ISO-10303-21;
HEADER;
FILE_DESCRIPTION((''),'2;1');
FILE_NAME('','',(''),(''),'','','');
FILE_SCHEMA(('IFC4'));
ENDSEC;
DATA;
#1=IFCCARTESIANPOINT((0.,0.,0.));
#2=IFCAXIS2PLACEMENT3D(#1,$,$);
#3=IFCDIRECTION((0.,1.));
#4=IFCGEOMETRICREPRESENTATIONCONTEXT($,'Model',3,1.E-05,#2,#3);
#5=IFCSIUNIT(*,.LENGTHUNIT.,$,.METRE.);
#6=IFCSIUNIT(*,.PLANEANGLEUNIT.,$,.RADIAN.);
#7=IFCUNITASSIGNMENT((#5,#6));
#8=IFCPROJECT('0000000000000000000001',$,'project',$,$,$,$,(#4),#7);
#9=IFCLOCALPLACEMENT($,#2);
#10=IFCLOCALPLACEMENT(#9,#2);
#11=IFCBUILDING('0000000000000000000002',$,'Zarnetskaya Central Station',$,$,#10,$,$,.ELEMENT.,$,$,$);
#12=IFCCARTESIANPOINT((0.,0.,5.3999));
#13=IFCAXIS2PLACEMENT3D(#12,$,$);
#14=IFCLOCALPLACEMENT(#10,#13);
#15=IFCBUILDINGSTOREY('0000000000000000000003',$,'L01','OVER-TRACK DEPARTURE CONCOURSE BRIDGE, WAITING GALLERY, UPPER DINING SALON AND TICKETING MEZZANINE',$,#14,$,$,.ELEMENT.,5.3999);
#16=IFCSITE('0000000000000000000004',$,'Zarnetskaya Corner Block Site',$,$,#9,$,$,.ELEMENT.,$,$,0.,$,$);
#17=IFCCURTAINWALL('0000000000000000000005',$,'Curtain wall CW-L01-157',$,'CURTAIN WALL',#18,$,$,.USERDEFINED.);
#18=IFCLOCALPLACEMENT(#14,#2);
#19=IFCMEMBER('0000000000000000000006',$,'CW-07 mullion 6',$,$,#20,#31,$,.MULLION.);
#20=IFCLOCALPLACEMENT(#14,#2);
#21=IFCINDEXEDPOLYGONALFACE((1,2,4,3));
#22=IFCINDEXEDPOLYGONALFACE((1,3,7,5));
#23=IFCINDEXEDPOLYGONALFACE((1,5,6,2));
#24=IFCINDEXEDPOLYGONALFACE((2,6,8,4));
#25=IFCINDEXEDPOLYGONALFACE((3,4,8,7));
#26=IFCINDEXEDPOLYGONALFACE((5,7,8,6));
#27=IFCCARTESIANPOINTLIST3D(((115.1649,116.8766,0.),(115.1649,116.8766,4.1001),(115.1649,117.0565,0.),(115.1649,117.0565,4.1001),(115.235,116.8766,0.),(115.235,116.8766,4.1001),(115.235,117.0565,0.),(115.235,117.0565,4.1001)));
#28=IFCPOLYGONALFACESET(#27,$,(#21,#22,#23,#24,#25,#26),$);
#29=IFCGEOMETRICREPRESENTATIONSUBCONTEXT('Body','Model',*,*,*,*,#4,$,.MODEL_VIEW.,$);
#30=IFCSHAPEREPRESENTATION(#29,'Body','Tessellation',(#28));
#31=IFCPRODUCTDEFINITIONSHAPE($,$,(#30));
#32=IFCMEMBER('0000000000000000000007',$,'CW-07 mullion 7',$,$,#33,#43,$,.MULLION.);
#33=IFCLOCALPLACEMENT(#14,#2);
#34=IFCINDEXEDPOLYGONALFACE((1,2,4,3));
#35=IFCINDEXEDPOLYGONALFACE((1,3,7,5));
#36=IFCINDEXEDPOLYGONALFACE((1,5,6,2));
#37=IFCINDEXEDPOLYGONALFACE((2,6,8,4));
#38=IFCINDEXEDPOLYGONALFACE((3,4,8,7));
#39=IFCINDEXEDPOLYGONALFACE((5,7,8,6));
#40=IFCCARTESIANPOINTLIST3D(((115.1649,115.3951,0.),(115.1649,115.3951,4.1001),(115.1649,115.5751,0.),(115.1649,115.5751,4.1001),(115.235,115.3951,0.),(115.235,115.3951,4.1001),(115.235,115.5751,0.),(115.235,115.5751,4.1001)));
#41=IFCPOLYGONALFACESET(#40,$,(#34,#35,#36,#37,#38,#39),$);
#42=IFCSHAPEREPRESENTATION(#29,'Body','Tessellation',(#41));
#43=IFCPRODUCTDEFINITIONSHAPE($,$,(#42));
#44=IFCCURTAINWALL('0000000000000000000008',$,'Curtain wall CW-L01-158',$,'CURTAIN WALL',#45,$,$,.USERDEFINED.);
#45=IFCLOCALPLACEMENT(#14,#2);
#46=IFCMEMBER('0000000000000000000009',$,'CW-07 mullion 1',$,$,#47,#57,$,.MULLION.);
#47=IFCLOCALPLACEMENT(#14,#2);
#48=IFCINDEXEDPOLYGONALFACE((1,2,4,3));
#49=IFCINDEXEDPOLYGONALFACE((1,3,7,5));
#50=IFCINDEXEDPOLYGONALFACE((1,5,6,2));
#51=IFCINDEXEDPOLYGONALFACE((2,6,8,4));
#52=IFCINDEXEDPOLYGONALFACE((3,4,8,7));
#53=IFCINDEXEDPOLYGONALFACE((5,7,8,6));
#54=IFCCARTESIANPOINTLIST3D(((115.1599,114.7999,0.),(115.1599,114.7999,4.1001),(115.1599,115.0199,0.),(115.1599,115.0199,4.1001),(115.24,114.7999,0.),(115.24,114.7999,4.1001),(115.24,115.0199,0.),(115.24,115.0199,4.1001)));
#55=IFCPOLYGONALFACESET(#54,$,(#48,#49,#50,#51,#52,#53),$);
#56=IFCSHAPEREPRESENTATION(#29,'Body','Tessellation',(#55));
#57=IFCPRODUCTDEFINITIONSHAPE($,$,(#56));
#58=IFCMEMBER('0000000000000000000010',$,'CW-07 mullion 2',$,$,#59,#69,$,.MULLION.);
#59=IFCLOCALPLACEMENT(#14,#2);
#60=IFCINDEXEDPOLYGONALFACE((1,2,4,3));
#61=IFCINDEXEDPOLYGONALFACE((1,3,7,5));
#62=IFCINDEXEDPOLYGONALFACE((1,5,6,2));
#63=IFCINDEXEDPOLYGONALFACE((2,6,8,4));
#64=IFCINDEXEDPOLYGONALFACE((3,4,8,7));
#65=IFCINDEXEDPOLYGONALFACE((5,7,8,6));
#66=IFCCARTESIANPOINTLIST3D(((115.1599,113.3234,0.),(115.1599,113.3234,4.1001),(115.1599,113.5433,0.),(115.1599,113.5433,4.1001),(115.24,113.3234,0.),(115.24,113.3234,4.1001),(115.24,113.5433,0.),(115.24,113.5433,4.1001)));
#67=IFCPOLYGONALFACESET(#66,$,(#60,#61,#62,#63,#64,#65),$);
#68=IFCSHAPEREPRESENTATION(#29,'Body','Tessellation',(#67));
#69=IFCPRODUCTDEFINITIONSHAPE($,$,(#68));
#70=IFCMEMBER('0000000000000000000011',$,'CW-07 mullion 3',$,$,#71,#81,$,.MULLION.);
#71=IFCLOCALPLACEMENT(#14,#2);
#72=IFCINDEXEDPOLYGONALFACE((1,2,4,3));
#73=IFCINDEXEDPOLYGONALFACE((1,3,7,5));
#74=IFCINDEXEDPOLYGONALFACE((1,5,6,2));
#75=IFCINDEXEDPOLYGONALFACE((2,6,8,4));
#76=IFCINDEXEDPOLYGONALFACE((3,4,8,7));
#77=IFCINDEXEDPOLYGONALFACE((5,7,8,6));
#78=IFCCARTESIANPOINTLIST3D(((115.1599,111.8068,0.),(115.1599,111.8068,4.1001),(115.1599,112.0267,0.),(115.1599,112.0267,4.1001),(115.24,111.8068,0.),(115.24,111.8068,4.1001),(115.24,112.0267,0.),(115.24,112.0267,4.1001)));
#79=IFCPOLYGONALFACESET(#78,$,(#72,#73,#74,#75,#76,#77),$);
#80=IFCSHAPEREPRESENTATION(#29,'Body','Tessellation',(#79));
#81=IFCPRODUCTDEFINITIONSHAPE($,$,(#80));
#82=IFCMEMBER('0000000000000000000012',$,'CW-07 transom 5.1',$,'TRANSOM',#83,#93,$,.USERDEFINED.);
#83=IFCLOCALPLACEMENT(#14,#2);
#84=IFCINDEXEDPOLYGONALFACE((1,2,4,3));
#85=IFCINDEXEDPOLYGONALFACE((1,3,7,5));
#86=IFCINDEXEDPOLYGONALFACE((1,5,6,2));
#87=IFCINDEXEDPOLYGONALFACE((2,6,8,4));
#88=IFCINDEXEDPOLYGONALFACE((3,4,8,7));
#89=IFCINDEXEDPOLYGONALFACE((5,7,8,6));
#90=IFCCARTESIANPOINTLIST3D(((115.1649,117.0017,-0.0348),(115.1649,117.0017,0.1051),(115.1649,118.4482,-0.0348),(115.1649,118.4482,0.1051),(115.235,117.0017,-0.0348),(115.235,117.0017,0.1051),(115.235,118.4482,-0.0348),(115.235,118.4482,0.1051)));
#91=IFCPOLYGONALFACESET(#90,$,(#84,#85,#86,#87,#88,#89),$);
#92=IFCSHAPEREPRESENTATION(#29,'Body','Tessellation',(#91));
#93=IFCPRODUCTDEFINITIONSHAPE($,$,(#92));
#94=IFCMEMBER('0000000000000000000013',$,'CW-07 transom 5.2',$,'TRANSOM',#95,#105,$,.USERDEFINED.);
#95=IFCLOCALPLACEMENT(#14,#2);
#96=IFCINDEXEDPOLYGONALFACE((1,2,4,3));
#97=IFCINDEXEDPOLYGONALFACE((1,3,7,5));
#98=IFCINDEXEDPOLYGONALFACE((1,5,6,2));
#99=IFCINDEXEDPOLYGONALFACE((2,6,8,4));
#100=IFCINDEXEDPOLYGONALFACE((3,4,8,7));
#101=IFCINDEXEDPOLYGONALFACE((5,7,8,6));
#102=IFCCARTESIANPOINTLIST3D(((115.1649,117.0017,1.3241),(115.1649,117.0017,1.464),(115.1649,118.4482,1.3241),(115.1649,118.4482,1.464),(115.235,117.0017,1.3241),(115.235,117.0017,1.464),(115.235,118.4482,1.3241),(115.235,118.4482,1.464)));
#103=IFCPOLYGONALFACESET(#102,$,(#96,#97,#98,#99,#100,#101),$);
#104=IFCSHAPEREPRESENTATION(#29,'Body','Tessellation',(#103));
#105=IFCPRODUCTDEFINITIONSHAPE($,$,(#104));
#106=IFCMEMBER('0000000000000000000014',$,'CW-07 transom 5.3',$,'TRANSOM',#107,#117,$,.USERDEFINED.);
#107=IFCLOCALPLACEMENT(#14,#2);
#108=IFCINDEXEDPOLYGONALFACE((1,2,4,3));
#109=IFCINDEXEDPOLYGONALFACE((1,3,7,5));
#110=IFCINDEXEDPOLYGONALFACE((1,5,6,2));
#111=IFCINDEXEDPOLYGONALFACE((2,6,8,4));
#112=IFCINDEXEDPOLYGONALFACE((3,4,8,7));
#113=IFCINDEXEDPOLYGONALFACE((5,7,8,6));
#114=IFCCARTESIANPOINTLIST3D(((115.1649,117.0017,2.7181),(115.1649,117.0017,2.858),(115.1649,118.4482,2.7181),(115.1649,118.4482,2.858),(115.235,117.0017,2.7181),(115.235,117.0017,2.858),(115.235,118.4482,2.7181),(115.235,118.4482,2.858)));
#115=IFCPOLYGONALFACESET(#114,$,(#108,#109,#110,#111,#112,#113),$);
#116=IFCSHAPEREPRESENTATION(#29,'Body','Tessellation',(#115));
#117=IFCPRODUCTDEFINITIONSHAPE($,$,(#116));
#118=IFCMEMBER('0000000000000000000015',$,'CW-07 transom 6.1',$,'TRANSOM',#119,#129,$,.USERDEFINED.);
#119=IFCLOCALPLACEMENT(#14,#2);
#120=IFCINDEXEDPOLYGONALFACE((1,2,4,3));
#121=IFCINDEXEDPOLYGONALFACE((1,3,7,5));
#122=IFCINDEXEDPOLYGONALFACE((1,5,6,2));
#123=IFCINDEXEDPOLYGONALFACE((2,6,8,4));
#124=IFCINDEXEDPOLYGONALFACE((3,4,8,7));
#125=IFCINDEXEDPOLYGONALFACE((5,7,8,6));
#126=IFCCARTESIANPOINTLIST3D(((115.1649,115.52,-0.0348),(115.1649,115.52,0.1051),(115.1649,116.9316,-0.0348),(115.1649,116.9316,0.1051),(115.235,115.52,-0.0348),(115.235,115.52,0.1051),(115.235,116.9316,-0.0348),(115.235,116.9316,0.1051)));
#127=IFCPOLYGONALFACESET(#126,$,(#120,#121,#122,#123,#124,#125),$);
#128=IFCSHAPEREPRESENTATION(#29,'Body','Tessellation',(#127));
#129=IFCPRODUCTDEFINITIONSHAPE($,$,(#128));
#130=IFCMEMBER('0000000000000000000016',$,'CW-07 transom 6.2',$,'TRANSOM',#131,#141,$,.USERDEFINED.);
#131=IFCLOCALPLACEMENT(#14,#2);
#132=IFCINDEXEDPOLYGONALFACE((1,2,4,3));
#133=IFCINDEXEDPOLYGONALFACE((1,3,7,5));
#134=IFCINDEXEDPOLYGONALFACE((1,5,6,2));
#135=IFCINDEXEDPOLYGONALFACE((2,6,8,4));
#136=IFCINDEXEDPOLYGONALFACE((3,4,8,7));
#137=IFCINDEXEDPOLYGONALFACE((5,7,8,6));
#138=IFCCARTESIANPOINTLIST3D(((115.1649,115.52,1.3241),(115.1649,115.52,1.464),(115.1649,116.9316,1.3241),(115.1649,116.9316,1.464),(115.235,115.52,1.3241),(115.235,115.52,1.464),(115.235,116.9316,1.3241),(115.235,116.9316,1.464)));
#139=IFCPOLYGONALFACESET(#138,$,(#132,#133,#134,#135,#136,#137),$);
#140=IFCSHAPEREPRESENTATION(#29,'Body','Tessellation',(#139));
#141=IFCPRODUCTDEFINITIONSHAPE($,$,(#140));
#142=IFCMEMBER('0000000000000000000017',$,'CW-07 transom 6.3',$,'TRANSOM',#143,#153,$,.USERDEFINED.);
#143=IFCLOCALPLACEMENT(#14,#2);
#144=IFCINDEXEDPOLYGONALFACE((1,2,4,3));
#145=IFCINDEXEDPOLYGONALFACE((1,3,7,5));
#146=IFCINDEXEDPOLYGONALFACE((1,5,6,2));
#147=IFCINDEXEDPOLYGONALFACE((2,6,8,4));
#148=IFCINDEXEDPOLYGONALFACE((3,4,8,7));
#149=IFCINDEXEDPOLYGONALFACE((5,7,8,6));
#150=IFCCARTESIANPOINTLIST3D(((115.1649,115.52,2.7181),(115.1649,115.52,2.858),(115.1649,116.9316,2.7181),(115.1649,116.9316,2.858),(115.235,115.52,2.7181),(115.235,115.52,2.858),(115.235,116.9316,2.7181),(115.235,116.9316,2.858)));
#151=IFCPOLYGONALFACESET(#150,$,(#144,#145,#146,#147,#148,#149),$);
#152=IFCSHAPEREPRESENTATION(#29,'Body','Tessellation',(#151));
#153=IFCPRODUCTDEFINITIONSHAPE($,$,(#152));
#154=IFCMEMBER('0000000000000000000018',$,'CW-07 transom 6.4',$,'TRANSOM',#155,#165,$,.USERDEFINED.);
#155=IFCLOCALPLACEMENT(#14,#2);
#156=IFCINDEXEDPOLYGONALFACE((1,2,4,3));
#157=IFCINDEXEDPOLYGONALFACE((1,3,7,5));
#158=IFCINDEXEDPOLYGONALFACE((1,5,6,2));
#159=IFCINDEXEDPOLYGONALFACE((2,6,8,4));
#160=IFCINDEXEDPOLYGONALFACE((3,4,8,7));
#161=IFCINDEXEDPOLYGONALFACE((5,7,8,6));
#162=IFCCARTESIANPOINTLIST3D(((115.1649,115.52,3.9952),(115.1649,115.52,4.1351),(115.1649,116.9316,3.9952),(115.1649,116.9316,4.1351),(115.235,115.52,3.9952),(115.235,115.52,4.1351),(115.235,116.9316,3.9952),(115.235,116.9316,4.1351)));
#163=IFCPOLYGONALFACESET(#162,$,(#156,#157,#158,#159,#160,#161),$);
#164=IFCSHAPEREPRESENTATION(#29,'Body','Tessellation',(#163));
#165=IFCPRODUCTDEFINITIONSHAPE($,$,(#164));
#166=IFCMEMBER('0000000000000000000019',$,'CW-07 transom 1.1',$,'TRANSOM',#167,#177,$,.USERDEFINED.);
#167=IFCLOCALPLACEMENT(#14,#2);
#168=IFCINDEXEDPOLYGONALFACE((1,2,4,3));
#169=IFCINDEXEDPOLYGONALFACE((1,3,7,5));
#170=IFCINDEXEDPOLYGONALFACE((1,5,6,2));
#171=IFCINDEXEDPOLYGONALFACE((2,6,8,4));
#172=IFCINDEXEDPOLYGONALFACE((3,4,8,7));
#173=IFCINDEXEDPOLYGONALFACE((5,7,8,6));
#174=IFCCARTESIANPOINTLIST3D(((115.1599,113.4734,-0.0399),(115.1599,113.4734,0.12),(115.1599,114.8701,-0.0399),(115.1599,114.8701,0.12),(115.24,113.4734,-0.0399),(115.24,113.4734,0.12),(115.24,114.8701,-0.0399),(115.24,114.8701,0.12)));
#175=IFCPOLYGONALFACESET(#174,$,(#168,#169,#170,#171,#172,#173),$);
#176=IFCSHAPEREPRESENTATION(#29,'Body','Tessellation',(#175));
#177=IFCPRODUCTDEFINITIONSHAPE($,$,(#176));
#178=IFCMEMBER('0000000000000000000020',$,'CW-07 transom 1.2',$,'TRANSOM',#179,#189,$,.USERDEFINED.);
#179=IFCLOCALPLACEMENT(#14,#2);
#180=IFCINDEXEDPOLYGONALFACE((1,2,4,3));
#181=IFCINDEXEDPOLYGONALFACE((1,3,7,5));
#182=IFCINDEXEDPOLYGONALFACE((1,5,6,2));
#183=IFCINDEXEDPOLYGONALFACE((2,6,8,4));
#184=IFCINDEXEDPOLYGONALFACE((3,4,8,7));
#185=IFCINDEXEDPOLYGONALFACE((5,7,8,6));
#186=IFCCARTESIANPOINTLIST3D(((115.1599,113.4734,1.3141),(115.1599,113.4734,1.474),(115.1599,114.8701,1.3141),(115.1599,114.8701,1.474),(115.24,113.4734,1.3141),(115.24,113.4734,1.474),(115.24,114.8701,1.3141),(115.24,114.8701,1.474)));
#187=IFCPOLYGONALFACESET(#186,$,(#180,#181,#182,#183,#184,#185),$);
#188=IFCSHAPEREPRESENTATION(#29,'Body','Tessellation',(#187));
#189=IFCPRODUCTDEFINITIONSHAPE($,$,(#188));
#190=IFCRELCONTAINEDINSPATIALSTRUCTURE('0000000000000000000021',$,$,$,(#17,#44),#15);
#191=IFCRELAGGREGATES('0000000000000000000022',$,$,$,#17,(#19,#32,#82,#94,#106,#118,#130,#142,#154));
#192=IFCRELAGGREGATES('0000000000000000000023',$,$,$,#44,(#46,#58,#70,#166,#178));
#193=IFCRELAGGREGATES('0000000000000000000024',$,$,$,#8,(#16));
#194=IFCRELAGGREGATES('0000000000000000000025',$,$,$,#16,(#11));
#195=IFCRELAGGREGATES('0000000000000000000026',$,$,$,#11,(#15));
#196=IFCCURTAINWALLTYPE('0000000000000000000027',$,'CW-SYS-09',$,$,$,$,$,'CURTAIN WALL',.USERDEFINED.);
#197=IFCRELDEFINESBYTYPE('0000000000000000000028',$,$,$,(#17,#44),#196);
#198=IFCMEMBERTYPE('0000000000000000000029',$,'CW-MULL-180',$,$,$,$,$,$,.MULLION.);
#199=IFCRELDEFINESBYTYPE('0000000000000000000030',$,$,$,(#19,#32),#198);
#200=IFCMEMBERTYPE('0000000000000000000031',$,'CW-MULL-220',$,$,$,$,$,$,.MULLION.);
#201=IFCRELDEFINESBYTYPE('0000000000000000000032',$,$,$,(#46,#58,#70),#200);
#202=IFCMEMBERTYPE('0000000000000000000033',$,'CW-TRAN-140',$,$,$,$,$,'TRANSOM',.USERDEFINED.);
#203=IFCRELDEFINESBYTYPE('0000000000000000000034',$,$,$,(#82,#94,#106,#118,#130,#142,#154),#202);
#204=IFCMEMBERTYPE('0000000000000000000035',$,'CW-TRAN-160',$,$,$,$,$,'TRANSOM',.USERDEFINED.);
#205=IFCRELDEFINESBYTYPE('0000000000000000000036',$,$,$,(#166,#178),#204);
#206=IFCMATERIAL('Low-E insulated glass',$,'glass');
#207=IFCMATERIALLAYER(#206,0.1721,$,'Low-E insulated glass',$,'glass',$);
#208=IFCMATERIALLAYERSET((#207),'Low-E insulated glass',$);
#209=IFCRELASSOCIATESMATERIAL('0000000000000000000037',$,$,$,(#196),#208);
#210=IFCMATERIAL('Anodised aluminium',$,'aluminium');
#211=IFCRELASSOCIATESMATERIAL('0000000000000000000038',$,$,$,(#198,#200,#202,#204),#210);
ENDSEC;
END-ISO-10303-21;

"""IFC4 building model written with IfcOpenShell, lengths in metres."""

from ifc_helpers import new_model, si_unit, direction, frame, origin, origin_2d, place, context, subcontext, project, spatial, rectangle, extrude, material, layer, layer_set, material_profile, profile_set, type_object, element, aggregate, save


model = new_model("IFC4")

# Units and contexts
model_context = context("Model", 3, precision=1e-05, world=origin(), true_north=direction((0.0, 1.0)))
body_context = subcontext(model_context, "Body", "Model", "MODEL_VIEW")
ifc_project = project(units=[si_unit("LENGTHUNIT", "METRE"), si_unit("PLANEANGLEUNIT", "RADIAN")], contexts=[model_context])

# Site, building, storey
site_placement = place(None, origin())
site = spatial("IfcSite", under=ifc_project, at=site_placement, Name="Zarnetskaya Corner Block Site", CompositionType="ELEMENT", RefElevation=0.0)
building_placement = place(site_placement, origin())
building = spatial("IfcBuilding", under=site, at=building_placement, Name="Zarnetskaya Central Station", CompositionType="ELEMENT")
storey_placement = place(building_placement, frame((0.0, 0.0, 5.3999)))
storey = spatial("IfcBuildingStorey", under=building, at=storey_placement, Name="L01", Description="OVER-TRACK DEPARTURE CONCOURSE BRIDGE, WAITING GALLERY, UPPER DINING SALON AND TICKETING MEZZANINE", CompositionType="ELEMENT", Elevation=5.3999)

# Curtain walls, members
ifc_material_1 = material(Name="Low-E insulated glass", Category="glass")
ifc_layer_1 = layer(ifc_material_1, 0.1721, Name="Low-E insulated glass", Category="glass")
ifc_layer_set_1 = layer_set([ifc_layer_1], Name="Low-E insulated glass")
curtain_wall_type = type_object("IfcCurtainWallType", Name="CW-SYS-09", ElementType="CURTAIN WALL", PredefinedType="USERDEFINED", material=ifc_layer_set_1)
curtain_wall_1_placement = place(storey_placement, origin())
curtain_wall_1 = element("IfcCurtainWall", 1, at=curtain_wall_1_placement, inside=storey, type_object=curtain_wall_type, Name="Curtain wall CW-L01-157", ObjectType="CURTAIN WALL", PredefinedType="USERDEFINED")
ifc_material_2 = material(Name="Anodised aluminium", Category="aluminium")
ifc_material_profile_1 = material_profile(ifc_material_2, rectangle(XDim=0.0701, YDim=0.1799, at=origin_2d()), Name="ALU MULL 70x180")
ifc_profile_set_1 = profile_set([ifc_material_profile_1], Name="Anodised aluminium")
member_type_1 = type_object("IfcMemberType", Name="CW-MULL-180", PredefinedType="MULLION", material=ifc_profile_set_1)
member_1_placement = place(storey_placement, frame((115.2, 116.9666, 0.0), z_axis=(0.0, 0.0, 1.0), x_axis=(1.0, 0.0, 0.0)))
member_1 = element("IfcMember", 2, at=member_1_placement, type_object=member_type_1, Name="CW-07 mullion 6", PredefinedType="MULLION", context=body_context, shape_type="SweptSolid", body=[
    extrude(rectangle(XDim=0.0701, YDim=0.1799, at=origin_2d()), origin(), (0.0, 0.0, 1.0), 4.1001),
])
member_2_placement = place(storey_placement, frame((115.2, 115.4851, 0.0), z_axis=(0.0, 0.0, 1.0), x_axis=(1.0, 0.0, 0.0)))
member_2 = element("IfcMember", 3, at=member_2_placement, type_object=member_type_1, Name="CW-07 mullion 7", PredefinedType="MULLION", context=body_context, shape_type="SweptSolid", body=[
    extrude(rectangle(XDim=0.0701, YDim=0.1799, at=origin_2d()), origin(), (0.0, 0.0, 1.0), 4.1001),
])
curtain_wall_2_placement = place(storey_placement, origin())
curtain_wall_2 = element("IfcCurtainWall", 4, at=curtain_wall_2_placement, inside=storey, type_object=curtain_wall_type, Name="Curtain wall CW-L01-158", ObjectType="CURTAIN WALL", PredefinedType="USERDEFINED")
ifc_material_profile_2 = material_profile(ifc_material_2, rectangle(XDim=0.0801, YDim=0.22, at=origin_2d()), Name="ALU MULL 80x220")
ifc_profile_set_2 = profile_set([ifc_material_profile_2], Name="Anodised aluminium")
member_type_2 = type_object("IfcMemberType", Name="CW-MULL-220", PredefinedType="MULLION", material=ifc_profile_set_2)
member_3_placement = place(storey_placement, frame((115.2, 114.9099, 0.0), z_axis=(0.0, 0.0, 1.0), x_axis=(1.0, 0.0, 0.0)))
member_3 = element("IfcMember", 5, at=member_3_placement, type_object=member_type_2, Name="CW-07 mullion 1", PredefinedType="MULLION", context=body_context, shape_type="SweptSolid", body=[
    extrude(rectangle(XDim=0.0801, YDim=0.22, at=origin_2d()), origin(), (0.0, 0.0, 1.0), 4.1001),
])
member_4_placement = place(storey_placement, frame((115.2, 113.4333, 0.0), z_axis=(0.0, 0.0, 1.0), x_axis=(1.0, 0.0, 0.0)))
member_4 = element("IfcMember", 6, at=member_4_placement, type_object=member_type_2, Name="CW-07 mullion 2", PredefinedType="MULLION", context=body_context, shape_type="SweptSolid", body=[
    extrude(rectangle(XDim=0.0801, YDim=0.22, at=origin_2d()), origin(), (0.0, 0.0, 1.0), 4.1001),
])
member_5_placement = place(storey_placement, frame((115.2, 111.9167, 0.0), z_axis=(0.0, 0.0, 1.0), x_axis=(1.0, 0.0, 0.0)))
member_5 = element("IfcMember", 7, at=member_5_placement, type_object=member_type_2, Name="CW-07 mullion 3", PredefinedType="MULLION", context=body_context, shape_type="SweptSolid", body=[
    extrude(rectangle(XDim=0.0801, YDim=0.22, at=origin_2d()), origin(), (0.0, 0.0, 1.0), 4.1001),
])

# Members
ifc_material_profile_3 = material_profile(ifc_material_2, rectangle(XDim=0.0701, YDim=0.1399, at=origin_2d()), Name="ALU TRAN 70x140")
ifc_profile_set_3 = profile_set([ifc_material_profile_3], Name="Anodised aluminium")
member_type_3 = type_object("IfcMemberType", Name="CW-TRAN-140", ElementType="TRANSOM", PredefinedType="USERDEFINED", material=ifc_profile_set_3)
member_6_placement = place(storey_placement, frame((115.2, 118.4482, 0.0352), z_axis=(0.0, -1.0, 0.0), x_axis=(1.0, 0.0, 0.0)))
member_6 = element("IfcMember", 8, at=member_6_placement, type_object=member_type_3, Name="CW-07 transom 5.1", ObjectType="TRANSOM", PredefinedType="USERDEFINED", context=body_context, shape_type="SweptSolid", body=[
    extrude(rectangle(XDim=0.0701, YDim=0.1399, at=origin_2d()), origin(), (0.0, 0.0, 1.0), 1.4465),
])
member_7_placement = place(storey_placement, frame((115.2, 118.4482, 1.394), z_axis=(0.0, -1.0, 0.0), x_axis=(1.0, 0.0, 0.0)))
member_7 = element("IfcMember", 9, at=member_7_placement, type_object=member_type_3, Name="CW-07 transom 5.2", ObjectType="TRANSOM", PredefinedType="USERDEFINED", context=body_context, shape_type="SweptSolid", body=[
    extrude(rectangle(XDim=0.0701, YDim=0.1399, at=origin_2d()), origin(), (0.0, 0.0, 1.0), 1.4465),
])
member_8_placement = place(storey_placement, frame((115.2, 118.4482, 2.7881), z_axis=(0.0, -1.0, 0.0), x_axis=(1.0, 0.0, 0.0)))
member_8 = element("IfcMember", 10, at=member_8_placement, type_object=member_type_3, Name="CW-07 transom 5.3", ObjectType="TRANSOM", PredefinedType="USERDEFINED", context=body_context, shape_type="SweptSolid", body=[
    extrude(rectangle(XDim=0.0701, YDim=0.1399, at=origin_2d()), origin(), (0.0, 0.0, 1.0), 1.4465),
])
member_9_placement = place(storey_placement, frame((115.2, 116.9316, 0.0352), z_axis=(0.0, -1.0, 0.0), x_axis=(1.0, 0.0, 0.0)))
member_9 = element("IfcMember", 11, at=member_9_placement, type_object=member_type_3, Name="CW-07 transom 6.1", ObjectType="TRANSOM", PredefinedType="USERDEFINED", context=body_context, shape_type="SweptSolid", body=[
    extrude(rectangle(XDim=0.0701, YDim=0.1399, at=origin_2d()), origin(), (0.0, 0.0, 1.0), 1.4116),
])
member_10_placement = place(storey_placement, frame((115.2, 116.9316, 1.394), z_axis=(0.0, -1.0, 0.0), x_axis=(1.0, 0.0, 0.0)))
member_10 = element("IfcMember", 12, at=member_10_placement, type_object=member_type_3, Name="CW-07 transom 6.2", ObjectType="TRANSOM", PredefinedType="USERDEFINED", context=body_context, shape_type="SweptSolid", body=[
    extrude(rectangle(XDim=0.0701, YDim=0.1399, at=origin_2d()), origin(), (0.0, 0.0, 1.0), 1.4116),
])
member_11_placement = place(storey_placement, frame((115.2, 116.9316, 2.7881), z_axis=(0.0, -1.0, 0.0), x_axis=(1.0, 0.0, 0.0)))
member_11 = element("IfcMember", 13, at=member_11_placement, type_object=member_type_3, Name="CW-07 transom 6.3", ObjectType="TRANSOM", PredefinedType="USERDEFINED", context=body_context, shape_type="SweptSolid", body=[
    extrude(rectangle(XDim=0.0701, YDim=0.1399, at=origin_2d()), origin(), (0.0, 0.0, 1.0), 1.4116),
])
member_12_placement = place(storey_placement, frame((115.2, 116.9316, 4.0652), z_axis=(0.0, -1.0, 0.0), x_axis=(1.0, 0.0, 0.0)))
member_12 = element("IfcMember", 14, at=member_12_placement, type_object=member_type_3, Name="CW-07 transom 6.4", ObjectType="TRANSOM", PredefinedType="USERDEFINED", context=body_context, shape_type="SweptSolid", body=[
    extrude(rectangle(XDim=0.0701, YDim=0.1399, at=origin_2d()), origin(), (0.0, 0.0, 1.0), 1.4116),
])
ifc_material_profile_4 = material_profile(ifc_material_2, rectangle(XDim=0.0801, YDim=0.1599, at=origin_2d()), Name="ALU TRAN 80x160")
ifc_profile_set_4 = profile_set([ifc_material_profile_4], Name="Anodised aluminium")
member_type_4 = type_object("IfcMemberType", Name="CW-TRAN-160", ElementType="TRANSOM", PredefinedType="USERDEFINED", material=ifc_profile_set_4)
member_13_placement = place(storey_placement, frame((115.2, 114.8701, 0.04), z_axis=(0.0, -1.0, 0.0), x_axis=(1.0, 0.0, 0.0)))
member_13 = element("IfcMember", 15, at=member_13_placement, type_object=member_type_4, Name="CW-07 transom 1.1", ObjectType="TRANSOM", PredefinedType="USERDEFINED", context=body_context, shape_type="SweptSolid", body=[
    extrude(rectangle(XDim=0.0801, YDim=0.1599, at=origin_2d()), origin(), (0.0, 0.0, 1.0), 1.3967),
])
member_14_placement = place(storey_placement, frame((115.2, 114.8701, 1.394), z_axis=(0.0, -1.0, 0.0), x_axis=(1.0, 0.0, 0.0)))
member_14 = element("IfcMember", 16, at=member_14_placement, type_object=member_type_4, Name="CW-07 transom 1.2", ObjectType="TRANSOM", PredefinedType="USERDEFINED", context=body_context, shape_type="SweptSolid", body=[
    extrude(rectangle(XDim=0.0801, YDim=0.1599, at=origin_2d()), origin(), (0.0, 0.0, 1.0), 1.3967),
])

aggregate(curtain_wall_1, [member_1, member_2, member_6, member_7, member_8, member_9, member_10, member_11, member_12])
aggregate(curtain_wall_2, [member_3, member_4, member_5, member_13, member_14])

save(model, "model.ifc")
